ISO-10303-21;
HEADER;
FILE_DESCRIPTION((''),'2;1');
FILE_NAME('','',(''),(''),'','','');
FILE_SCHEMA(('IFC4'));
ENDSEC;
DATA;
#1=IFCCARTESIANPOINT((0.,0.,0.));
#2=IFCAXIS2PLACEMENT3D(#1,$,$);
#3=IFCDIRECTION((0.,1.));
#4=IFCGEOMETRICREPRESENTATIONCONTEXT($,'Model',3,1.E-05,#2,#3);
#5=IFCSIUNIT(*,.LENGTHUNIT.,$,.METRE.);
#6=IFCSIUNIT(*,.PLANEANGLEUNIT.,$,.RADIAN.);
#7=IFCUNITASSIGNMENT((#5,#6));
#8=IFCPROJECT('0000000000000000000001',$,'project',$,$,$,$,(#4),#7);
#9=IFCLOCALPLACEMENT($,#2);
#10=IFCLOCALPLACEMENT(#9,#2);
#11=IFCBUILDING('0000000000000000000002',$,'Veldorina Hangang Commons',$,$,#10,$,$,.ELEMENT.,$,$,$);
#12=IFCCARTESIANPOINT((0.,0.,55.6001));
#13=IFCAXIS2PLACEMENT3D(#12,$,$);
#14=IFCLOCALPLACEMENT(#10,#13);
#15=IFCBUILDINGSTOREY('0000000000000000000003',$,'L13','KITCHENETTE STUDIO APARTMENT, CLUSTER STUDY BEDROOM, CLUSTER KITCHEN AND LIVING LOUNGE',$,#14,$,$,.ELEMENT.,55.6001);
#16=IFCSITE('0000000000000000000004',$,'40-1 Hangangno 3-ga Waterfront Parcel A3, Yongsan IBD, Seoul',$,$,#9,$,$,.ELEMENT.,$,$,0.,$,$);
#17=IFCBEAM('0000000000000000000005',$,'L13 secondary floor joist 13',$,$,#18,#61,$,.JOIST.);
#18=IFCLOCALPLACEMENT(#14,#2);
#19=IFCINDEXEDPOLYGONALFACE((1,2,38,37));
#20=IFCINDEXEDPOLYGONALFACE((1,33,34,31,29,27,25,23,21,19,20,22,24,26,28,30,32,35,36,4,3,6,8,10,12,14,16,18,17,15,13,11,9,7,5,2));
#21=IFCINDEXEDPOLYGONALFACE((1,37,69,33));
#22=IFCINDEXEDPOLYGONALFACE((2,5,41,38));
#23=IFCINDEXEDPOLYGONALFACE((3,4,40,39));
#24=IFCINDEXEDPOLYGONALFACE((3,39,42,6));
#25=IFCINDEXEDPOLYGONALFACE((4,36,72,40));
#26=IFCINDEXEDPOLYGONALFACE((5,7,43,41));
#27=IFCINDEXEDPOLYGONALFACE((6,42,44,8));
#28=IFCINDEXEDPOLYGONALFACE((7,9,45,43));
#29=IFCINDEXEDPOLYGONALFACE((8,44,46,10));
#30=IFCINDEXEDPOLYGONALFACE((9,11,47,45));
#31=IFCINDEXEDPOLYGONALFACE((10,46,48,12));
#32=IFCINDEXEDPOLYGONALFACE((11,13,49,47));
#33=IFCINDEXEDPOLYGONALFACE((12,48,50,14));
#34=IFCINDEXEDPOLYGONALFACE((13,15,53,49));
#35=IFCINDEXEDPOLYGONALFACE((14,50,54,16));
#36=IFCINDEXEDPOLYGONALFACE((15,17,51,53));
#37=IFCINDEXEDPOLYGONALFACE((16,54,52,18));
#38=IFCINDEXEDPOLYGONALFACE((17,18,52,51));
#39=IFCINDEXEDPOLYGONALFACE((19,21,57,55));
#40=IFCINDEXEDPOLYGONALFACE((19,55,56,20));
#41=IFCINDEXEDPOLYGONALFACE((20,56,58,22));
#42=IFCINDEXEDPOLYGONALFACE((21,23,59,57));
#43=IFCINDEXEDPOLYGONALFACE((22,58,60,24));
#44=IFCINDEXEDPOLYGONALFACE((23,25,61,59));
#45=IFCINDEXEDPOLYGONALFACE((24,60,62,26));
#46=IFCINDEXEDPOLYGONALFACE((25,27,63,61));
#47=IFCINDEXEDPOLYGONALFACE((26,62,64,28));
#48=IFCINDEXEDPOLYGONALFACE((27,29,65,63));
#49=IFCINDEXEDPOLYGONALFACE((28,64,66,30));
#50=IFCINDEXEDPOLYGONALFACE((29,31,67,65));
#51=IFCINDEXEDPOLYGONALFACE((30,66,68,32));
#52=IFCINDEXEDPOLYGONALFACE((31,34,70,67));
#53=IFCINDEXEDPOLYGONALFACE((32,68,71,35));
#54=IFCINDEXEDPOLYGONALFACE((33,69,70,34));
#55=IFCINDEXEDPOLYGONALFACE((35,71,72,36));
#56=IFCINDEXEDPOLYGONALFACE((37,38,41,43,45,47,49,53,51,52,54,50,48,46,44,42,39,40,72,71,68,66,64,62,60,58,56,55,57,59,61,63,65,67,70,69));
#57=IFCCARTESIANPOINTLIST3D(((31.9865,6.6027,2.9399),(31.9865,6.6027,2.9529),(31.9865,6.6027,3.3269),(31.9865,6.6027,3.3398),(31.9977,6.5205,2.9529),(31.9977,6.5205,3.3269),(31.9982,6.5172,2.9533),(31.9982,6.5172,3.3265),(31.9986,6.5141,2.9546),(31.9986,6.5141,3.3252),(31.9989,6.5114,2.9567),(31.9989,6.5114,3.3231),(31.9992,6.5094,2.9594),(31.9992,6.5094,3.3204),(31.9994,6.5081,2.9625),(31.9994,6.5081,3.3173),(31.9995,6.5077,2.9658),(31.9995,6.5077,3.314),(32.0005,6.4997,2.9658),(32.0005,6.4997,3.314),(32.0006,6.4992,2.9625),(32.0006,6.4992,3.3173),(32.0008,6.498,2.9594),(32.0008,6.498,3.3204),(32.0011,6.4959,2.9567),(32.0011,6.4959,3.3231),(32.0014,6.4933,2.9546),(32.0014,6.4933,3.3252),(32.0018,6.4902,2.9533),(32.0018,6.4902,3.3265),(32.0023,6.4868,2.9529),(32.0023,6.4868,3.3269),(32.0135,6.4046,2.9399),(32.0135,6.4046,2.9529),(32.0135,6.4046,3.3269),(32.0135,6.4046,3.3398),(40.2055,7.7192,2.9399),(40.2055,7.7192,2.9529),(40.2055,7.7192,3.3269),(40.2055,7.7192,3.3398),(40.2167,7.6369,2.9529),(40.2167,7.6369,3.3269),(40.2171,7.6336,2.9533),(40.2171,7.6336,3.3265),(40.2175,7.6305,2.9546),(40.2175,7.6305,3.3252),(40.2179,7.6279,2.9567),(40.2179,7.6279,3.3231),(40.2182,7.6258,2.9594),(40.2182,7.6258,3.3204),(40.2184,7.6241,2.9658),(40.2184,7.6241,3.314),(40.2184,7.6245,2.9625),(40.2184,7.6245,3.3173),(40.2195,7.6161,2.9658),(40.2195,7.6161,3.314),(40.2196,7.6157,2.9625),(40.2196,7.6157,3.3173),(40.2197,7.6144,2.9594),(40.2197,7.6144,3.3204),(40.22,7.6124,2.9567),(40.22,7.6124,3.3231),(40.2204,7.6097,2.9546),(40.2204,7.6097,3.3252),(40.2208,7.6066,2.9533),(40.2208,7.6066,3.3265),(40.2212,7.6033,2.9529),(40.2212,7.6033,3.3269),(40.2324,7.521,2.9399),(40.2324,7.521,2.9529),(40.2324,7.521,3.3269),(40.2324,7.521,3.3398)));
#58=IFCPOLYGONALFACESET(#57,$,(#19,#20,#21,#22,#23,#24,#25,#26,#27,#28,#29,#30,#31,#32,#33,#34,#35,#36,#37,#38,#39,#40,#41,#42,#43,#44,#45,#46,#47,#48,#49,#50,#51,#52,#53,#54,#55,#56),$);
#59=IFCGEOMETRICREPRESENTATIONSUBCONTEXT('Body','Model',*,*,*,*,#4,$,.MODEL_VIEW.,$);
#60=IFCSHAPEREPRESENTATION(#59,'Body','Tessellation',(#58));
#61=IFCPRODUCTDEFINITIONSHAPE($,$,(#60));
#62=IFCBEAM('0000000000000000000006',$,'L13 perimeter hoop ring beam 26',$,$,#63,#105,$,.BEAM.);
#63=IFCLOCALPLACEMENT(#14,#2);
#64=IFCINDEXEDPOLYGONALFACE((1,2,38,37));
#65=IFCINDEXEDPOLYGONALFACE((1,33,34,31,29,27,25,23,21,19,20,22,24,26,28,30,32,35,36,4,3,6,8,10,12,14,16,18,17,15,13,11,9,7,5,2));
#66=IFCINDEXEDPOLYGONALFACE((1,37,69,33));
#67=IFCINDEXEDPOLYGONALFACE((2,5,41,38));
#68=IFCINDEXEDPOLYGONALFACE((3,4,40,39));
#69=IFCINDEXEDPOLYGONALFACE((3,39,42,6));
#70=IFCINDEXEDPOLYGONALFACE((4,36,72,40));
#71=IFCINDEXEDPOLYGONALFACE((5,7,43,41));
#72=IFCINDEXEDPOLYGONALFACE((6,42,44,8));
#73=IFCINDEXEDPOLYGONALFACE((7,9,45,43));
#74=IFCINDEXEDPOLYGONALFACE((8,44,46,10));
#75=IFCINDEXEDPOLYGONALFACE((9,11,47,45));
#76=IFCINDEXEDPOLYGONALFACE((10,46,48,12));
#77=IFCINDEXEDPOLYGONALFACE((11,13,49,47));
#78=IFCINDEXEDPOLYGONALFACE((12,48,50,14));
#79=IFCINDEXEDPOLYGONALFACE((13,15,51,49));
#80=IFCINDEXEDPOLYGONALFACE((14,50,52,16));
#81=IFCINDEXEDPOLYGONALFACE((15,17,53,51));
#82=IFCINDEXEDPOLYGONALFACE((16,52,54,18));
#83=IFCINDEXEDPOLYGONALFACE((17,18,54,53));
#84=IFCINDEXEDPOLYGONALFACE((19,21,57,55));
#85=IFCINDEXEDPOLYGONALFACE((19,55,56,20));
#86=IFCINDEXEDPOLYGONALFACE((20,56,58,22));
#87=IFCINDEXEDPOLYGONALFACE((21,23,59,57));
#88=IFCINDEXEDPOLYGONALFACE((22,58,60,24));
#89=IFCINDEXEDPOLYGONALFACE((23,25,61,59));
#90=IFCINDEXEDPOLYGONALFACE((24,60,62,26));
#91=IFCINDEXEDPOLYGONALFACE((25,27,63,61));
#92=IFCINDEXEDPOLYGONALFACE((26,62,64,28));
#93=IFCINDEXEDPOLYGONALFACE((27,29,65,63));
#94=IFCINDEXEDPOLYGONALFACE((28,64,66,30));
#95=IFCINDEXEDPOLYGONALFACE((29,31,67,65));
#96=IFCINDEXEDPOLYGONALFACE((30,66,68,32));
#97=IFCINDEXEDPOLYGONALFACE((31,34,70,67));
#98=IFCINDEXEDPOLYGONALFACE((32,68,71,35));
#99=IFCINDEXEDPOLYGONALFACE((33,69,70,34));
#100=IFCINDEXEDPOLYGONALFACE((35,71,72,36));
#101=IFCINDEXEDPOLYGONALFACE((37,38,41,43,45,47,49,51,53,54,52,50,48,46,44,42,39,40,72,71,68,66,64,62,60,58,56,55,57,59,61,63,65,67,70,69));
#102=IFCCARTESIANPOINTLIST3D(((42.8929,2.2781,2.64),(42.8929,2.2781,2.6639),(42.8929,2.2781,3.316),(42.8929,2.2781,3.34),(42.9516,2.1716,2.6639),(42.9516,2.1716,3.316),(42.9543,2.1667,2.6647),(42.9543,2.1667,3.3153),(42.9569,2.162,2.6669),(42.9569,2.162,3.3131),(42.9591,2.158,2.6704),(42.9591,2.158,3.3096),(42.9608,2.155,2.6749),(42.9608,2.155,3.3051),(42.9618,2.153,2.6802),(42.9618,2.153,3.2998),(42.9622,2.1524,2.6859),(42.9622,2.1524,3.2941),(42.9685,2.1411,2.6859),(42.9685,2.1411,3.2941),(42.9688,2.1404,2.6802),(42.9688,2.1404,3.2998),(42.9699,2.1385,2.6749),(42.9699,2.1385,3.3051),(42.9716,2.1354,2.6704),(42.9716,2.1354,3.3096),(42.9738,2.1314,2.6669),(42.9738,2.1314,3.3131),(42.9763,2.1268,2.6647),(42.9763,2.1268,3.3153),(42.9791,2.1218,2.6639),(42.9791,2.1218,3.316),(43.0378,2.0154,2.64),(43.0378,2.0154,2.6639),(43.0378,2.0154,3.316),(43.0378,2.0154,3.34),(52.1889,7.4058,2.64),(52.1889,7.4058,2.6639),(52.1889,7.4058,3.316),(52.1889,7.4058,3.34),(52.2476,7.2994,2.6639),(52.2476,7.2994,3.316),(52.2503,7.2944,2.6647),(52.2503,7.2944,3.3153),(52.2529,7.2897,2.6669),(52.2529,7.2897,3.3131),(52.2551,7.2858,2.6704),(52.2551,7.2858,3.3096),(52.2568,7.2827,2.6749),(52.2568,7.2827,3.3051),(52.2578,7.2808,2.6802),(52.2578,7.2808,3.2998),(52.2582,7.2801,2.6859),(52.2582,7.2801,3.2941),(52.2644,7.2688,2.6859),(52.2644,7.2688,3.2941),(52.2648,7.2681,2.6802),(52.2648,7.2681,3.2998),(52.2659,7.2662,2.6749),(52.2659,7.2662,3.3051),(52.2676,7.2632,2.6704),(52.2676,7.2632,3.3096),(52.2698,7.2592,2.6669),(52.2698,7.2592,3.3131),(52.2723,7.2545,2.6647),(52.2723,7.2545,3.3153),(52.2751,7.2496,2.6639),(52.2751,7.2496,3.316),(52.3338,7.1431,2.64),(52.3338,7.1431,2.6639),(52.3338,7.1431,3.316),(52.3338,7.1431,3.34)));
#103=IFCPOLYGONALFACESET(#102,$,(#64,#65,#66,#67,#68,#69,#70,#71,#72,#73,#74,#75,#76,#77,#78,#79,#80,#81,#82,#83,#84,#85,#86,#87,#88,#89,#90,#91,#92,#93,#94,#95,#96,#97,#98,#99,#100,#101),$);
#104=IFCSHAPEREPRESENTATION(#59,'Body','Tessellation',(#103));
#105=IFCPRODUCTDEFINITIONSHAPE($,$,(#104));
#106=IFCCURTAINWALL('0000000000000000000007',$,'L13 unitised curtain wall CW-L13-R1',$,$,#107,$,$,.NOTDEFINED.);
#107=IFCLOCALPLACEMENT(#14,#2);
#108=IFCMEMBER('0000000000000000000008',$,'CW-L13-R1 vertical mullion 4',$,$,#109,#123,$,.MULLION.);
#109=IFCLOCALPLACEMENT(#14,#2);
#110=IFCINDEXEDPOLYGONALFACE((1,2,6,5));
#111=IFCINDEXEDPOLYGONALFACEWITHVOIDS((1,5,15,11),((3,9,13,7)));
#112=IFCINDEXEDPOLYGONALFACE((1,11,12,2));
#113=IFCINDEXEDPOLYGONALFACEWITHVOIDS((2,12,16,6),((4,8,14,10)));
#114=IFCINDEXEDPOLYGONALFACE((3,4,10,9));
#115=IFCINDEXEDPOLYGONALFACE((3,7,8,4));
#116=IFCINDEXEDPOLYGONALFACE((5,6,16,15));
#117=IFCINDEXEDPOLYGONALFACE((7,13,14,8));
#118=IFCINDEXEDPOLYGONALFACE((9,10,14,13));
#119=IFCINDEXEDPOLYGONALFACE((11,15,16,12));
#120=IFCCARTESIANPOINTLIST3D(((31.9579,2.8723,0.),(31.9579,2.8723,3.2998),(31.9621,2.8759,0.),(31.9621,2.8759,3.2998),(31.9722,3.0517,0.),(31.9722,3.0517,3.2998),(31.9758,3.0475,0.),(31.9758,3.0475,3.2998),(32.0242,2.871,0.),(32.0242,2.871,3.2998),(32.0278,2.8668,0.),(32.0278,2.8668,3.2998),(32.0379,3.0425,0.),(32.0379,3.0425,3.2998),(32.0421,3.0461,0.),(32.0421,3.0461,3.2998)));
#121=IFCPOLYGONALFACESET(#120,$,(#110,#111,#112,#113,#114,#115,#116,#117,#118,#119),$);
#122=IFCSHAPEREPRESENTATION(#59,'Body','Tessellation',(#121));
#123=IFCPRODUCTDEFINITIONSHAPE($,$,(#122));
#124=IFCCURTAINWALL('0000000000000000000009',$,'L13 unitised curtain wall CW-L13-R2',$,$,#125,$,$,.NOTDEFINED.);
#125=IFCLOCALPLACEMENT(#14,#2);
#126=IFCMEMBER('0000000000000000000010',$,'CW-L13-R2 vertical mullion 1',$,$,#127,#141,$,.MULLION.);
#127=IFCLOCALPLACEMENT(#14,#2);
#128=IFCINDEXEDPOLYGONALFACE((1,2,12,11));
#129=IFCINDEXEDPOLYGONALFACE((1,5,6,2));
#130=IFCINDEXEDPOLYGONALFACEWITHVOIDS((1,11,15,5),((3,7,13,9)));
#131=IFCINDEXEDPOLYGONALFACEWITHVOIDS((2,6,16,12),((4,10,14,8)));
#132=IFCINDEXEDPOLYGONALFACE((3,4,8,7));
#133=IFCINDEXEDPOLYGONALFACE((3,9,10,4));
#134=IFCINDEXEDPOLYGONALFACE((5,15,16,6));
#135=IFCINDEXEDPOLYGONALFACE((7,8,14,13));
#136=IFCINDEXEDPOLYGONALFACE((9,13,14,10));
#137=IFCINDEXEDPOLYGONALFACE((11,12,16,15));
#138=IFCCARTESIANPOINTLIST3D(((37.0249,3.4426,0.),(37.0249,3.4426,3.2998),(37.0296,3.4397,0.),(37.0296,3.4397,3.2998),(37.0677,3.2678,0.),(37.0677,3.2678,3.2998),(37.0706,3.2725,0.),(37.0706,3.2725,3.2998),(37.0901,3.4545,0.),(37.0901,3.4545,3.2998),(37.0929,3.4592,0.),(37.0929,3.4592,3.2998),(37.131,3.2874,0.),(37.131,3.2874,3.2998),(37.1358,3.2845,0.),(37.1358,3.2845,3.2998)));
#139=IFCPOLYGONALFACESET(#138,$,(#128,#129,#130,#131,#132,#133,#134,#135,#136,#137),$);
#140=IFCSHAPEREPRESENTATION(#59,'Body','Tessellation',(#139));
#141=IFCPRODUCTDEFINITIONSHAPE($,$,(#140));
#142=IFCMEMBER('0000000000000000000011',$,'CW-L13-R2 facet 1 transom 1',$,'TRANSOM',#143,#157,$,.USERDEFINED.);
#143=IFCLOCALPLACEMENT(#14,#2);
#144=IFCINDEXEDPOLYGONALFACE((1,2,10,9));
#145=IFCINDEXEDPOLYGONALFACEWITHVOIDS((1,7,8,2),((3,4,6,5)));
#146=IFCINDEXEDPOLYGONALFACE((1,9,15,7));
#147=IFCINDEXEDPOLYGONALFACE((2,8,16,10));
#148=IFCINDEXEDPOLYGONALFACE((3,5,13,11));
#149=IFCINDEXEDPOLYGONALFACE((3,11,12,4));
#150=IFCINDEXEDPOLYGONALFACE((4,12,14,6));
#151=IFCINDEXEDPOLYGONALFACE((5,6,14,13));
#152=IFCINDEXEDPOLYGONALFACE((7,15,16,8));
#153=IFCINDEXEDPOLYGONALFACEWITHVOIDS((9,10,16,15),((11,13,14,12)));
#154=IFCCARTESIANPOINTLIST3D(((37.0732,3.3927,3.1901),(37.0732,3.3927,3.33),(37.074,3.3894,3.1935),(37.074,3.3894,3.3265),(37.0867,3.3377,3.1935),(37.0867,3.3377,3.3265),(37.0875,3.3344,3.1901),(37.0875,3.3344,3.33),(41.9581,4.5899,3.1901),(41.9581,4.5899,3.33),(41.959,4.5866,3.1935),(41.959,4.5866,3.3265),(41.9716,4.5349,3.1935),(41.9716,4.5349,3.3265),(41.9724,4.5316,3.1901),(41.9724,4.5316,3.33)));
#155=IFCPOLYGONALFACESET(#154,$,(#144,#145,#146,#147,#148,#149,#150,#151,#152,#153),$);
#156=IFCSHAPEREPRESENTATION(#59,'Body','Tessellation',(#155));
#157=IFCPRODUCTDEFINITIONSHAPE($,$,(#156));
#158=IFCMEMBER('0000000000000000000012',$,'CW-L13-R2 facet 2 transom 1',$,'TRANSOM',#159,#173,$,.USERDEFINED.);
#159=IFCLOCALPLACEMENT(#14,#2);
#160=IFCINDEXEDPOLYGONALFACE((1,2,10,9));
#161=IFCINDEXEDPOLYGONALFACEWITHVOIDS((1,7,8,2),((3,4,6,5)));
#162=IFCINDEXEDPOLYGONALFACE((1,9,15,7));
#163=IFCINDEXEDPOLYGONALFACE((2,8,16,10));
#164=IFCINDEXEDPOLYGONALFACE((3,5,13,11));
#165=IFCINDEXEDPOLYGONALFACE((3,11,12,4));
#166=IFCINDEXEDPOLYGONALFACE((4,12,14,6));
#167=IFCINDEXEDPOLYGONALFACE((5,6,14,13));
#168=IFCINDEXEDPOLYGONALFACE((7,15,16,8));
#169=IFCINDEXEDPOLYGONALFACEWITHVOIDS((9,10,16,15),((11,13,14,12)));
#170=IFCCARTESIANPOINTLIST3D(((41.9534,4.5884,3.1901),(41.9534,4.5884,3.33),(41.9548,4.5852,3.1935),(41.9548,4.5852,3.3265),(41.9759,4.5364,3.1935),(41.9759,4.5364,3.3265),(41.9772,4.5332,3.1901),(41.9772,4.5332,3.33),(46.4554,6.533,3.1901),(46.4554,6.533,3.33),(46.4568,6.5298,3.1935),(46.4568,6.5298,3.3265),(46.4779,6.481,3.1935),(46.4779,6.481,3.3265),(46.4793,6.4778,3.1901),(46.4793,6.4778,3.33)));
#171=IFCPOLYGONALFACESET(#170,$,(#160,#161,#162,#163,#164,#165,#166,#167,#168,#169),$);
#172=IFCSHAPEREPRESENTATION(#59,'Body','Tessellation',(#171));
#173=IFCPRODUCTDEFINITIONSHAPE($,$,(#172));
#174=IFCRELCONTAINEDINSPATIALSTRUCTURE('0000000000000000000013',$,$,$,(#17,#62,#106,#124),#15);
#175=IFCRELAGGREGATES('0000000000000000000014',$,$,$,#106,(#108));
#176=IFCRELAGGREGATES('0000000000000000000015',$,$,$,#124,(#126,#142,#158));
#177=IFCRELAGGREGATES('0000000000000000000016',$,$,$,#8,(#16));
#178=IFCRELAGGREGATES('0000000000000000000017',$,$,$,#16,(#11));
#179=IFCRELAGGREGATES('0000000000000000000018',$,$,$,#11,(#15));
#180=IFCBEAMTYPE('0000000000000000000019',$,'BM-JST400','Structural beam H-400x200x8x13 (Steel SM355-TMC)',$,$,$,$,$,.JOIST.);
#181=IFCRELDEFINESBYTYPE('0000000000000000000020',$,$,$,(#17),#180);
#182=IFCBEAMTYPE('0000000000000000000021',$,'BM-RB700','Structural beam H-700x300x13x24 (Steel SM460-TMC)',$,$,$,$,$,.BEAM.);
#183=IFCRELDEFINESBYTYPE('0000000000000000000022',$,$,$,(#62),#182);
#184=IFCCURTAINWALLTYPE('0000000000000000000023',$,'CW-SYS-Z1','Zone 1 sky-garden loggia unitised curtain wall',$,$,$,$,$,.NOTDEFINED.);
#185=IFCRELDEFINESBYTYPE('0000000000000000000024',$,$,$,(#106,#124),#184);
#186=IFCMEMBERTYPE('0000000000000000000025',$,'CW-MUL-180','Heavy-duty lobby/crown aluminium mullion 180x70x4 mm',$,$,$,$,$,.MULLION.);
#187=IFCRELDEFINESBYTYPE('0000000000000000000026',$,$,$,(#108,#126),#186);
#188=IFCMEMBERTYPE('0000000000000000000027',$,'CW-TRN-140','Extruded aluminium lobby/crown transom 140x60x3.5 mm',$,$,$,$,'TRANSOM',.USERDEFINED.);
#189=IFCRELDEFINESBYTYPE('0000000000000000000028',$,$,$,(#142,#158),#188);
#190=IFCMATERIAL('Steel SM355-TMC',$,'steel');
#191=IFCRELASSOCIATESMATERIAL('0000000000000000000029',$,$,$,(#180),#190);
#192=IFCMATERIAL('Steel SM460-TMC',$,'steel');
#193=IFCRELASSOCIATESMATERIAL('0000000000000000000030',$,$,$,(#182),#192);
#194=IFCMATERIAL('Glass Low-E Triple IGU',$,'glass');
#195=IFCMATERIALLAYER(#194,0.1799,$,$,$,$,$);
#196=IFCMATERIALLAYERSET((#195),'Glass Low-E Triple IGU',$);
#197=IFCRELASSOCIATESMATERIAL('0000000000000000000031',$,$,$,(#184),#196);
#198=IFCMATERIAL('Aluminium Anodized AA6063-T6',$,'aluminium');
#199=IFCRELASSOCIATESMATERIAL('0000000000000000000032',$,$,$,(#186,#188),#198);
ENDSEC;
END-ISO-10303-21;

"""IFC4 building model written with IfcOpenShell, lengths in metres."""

from ifc_helpers import new_model, si_unit, direction, frame, origin, origin_2d, place, context, subcontext, project, spatial, hollow_rectangle, i_section, extrude, material, layer, layer_set, material_profile, profile_set, type_object, element, aggregate, save


model = new_model("IFC4")

# Units and contexts
model_context = context("Model", 3, precision=1e-05, world=origin(), true_north=direction((0.0, 1.0)))
body_context = subcontext(model_context, "Body", "Model", "MODEL_VIEW")
ifc_project = project(units=[si_unit("LENGTHUNIT", "METRE"), si_unit("PLANEANGLEUNIT", "RADIAN")], contexts=[model_context])

# Site, building, storey
site_placement = place(None, origin())
site = spatial("IfcSite", under=ifc_project, at=site_placement, Name="40-1 Hangangno 3-ga Waterfront Parcel A3, Yongsan IBD, Seoul", CompositionType="ELEMENT", RefElevation=0.0)
building_placement = place(site_placement, origin())
building = spatial("IfcBuilding", under=site, at=building_placement, Name="Veldorina Hangang Commons", CompositionType="ELEMENT")
storey_placement = place(building_placement, frame((0.0, 0.0, 55.6001)))
storey = spatial("IfcBuildingStorey", under=building, at=storey_placement, Name="L13", Description="KITCHENETTE STUDIO APARTMENT, CLUSTER STUDY BEDROOM, CLUSTER KITCHEN AND LIVING LOUNGE", CompositionType="ELEMENT", Elevation=55.6001)

# Beams
ifc_material_1 = material(Name="Steel SM355-TMC", Category="steel")
ifc_material_profile_1 = material_profile(ifc_material_1, i_section(OverallWidth=0.2, OverallDepth=0.3999, WebThickness=0.0081, FlangeThickness=0.0129, FilletRadius=0.0129, at=origin_2d()), Name="H-400x200x8x13")
ifc_profile_set_1 = profile_set([ifc_material_profile_1], Name="Steel SM355-TMC")
beam_type_1 = type_object("IfcBeamType", Name="BM-JST400", Description="Structural beam H-400x200x8x13 (Steel SM355-TMC)", PredefinedType="JOIST", material=ifc_profile_set_1)
beam_1_placement = place(storey_placement, frame((32.0, 6.5037, 3.1399), z_axis=(0.9909, 0.134602, 0.0), x_axis=(-0.134602, 0.9909, 0.0)))
element("IfcBeam", 1, at=beam_1_placement, inside=storey, type_object=beam_type_1, Name="L13 secondary floor joist 13", PredefinedType="JOIST", context=body_context, shape_type="SweptSolid", body=[
    extrude(i_section(OverallWidth=0.2, OverallDepth=0.3999, WebThickness=0.0081, FlangeThickness=0.0129, FilletRadius=0.0129, at=origin_2d()), origin(), (0.0, 0.0, 1.0), 8.2944),
])
ifc_material_2 = material(Name="Steel SM460-TMC", Category="steel")
ifc_material_profile_2 = material_profile(ifc_material_2, i_section(OverallWidth=0.3, OverallDepth=0.7, WebThickness=0.0129, FlangeThickness=0.0239, FilletRadius=0.022, at=origin_2d()), Name="H-700x300x13x24")
ifc_profile_set_2 = profile_set([ifc_material_profile_2], Name="Steel SM460-TMC")
beam_type_2 = type_object("IfcBeamType", Name="BM-RB700", Description="Structural beam H-700x300x13x24 (Steel SM460-TMC)", PredefinedType="BEAM", material=ifc_profile_set_2)
beam_2_placement = place(storey_placement, frame((42.9653, 2.1467, 2.99), z_axis=(0.875621, 0.482999, 0.0), x_axis=(-0.482999, 0.875621, 0.0)))
element("IfcBeam", 2, at=beam_2_placement, inside=storey, type_object=beam_type_2, Name="L13 perimeter hoop ring beam 26", PredefinedType="BEAM", context=body_context, shape_type="SweptSolid", body=[
    extrude(i_section(OverallWidth=0.3, OverallDepth=0.7, WebThickness=0.0129, FlangeThickness=0.0239, FilletRadius=0.022, at=origin_2d()), origin(), (0.0, 0.0, 1.0), 10.6165),
])

# Curtain wall, member
ifc_material_3 = material(Name="Glass Low-E Triple IGU", Category="glass")
ifc_layer_1 = layer(ifc_material_3, 0.1799)
ifc_layer_set_1 = layer_set([ifc_layer_1], Name="Glass Low-E Triple IGU")
curtain_wall_type = type_object("IfcCurtainWallType", Name="CW-SYS-Z1", Description="Zone 1 sky-garden loggia unitised curtain wall", PredefinedType="NOTDEFINED", material=ifc_layer_set_1)
curtain_wall_1_placement = place(storey_placement, origin())
curtain_wall_1 = element("IfcCurtainWall", 3, at=curtain_wall_1_placement, inside=storey, type_object=curtain_wall_type, Name="L13 unitised curtain wall CW-L13-R1", PredefinedType="NOTDEFINED")
ifc_material_4 = material(Name="Aluminium Anodized AA6063-T6", Category="aluminium")
ifc_material_profile_3 = material_profile(ifc_material_4, hollow_rectangle(XDim=0.0701, YDim=0.1799, WallThickness=0.0039, at=origin_2d()), Name="ALU-RHS-180x70x4")
ifc_profile_set_3 = profile_set([ifc_material_profile_3], Name="Aluminium Anodized AA6063-T6")
member_type_1 = type_object("IfcMemberType", Name="CW-MUL-180", Description="Heavy-duty lobby/crown aluminium mullion 180x70x4 mm", PredefinedType="MULLION", material=ifc_profile_set_3)
member_1_placement = place(storey_placement, frame((32.0, 2.9592, 0.0), z_axis=(0.0, 0.0, 1.0), x_axis=(-0.996848, 0.079329, 0.0)))
member_1 = element("IfcMember", 4, at=member_1_placement, type_object=member_type_1, Name="CW-L13-R1 vertical mullion 4", PredefinedType="MULLION", context=body_context, shape_type="SweptSolid", body=[
    extrude(hollow_rectangle(XDim=0.0701, YDim=0.1799, WallThickness=0.0039, at=origin_2d()), origin(), (0.0, 0.0, 1.0), 3.2998),
])
aggregate(curtain_wall_1, [member_1])

# Curtain wall, members
curtain_wall_2_placement = place(storey_placement, origin())
curtain_wall_2 = element("IfcCurtainWall", 5, at=curtain_wall_2_placement, inside=storey, type_object=curtain_wall_type, Name="L13 unitised curtain wall CW-L13-R2", PredefinedType="NOTDEFINED")
member_2_placement = place(storey_placement, frame((37.0803, 3.3635, 0.0), z_axis=(0.0, 0.0, 1.0), x_axis=(0.971251, 0.238059, 0.0)))
member_2 = element("IfcMember", 6, at=member_2_placement, type_object=member_type_1, Name="CW-L13-R2 vertical mullion 1", PredefinedType="MULLION", context=body_context, shape_type="SweptSolid", body=[
    extrude(hollow_rectangle(XDim=0.0701, YDim=0.1799, WallThickness=0.0039, at=origin_2d()), origin(), (0.0, 0.0, 1.0), 3.2998),
])
ifc_material_profile_4 = material_profile(ifc_material_4, hollow_rectangle(XDim=0.0601, YDim=0.1399, WallThickness=0.0034, at=origin_2d()), Name="ALU-RHS-140x60x3.5")
ifc_profile_set_4 = profile_set([ifc_material_profile_4], Name="Aluminium Anodized AA6063-T6")
member_type_2 = type_object("IfcMemberType", Name="CW-TRN-140", Description="Extruded aluminium lobby/crown transom 140x60x3.5 mm", ElementType="TRANSOM", PredefinedType="USERDEFINED", material=ifc_profile_set_4)
member_3_placement = place(storey_placement, frame((37.0803, 3.3635, 3.26), z_axis=(0.971254, 0.238044, 0.0), x_axis=(-0.238044, 0.971254, 0.0)))
member_3 = element("IfcMember", 7, at=member_3_placement, type_object=member_type_2, Name="CW-L13-R2 facet 1 transom 1", ObjectType="TRANSOM", PredefinedType="USERDEFINED", context=body_context, shape_type="SweptSolid", body=[
    extrude(hollow_rectangle(XDim=0.0601, YDim=0.1399, WallThickness=0.0034, at=origin_2d()), origin(), (0.0, 0.0, 1.0), 5.0295),
])
member_4_placement = place(storey_placement, frame((41.9653, 4.5608, 3.26), z_axis=(0.918021, 0.396531, 0.0), x_axis=(-0.396531, 0.918021, 0.0)))
member_4 = element("IfcMember", 8, at=member_4_placement, type_object=member_type_2, Name="CW-L13-R2 facet 2 transom 1", ObjectType="TRANSOM", PredefinedType="USERDEFINED", context=body_context, shape_type="SweptSolid", body=[
    extrude(hollow_rectangle(XDim=0.0601, YDim=0.1399, WallThickness=0.0034, at=origin_2d()), origin(), (0.0, 0.0, 1.0), 4.9041),
])

aggregate(curtain_wall_2, [member_2, member_3, member_4])

save(model, "model.ifc")
